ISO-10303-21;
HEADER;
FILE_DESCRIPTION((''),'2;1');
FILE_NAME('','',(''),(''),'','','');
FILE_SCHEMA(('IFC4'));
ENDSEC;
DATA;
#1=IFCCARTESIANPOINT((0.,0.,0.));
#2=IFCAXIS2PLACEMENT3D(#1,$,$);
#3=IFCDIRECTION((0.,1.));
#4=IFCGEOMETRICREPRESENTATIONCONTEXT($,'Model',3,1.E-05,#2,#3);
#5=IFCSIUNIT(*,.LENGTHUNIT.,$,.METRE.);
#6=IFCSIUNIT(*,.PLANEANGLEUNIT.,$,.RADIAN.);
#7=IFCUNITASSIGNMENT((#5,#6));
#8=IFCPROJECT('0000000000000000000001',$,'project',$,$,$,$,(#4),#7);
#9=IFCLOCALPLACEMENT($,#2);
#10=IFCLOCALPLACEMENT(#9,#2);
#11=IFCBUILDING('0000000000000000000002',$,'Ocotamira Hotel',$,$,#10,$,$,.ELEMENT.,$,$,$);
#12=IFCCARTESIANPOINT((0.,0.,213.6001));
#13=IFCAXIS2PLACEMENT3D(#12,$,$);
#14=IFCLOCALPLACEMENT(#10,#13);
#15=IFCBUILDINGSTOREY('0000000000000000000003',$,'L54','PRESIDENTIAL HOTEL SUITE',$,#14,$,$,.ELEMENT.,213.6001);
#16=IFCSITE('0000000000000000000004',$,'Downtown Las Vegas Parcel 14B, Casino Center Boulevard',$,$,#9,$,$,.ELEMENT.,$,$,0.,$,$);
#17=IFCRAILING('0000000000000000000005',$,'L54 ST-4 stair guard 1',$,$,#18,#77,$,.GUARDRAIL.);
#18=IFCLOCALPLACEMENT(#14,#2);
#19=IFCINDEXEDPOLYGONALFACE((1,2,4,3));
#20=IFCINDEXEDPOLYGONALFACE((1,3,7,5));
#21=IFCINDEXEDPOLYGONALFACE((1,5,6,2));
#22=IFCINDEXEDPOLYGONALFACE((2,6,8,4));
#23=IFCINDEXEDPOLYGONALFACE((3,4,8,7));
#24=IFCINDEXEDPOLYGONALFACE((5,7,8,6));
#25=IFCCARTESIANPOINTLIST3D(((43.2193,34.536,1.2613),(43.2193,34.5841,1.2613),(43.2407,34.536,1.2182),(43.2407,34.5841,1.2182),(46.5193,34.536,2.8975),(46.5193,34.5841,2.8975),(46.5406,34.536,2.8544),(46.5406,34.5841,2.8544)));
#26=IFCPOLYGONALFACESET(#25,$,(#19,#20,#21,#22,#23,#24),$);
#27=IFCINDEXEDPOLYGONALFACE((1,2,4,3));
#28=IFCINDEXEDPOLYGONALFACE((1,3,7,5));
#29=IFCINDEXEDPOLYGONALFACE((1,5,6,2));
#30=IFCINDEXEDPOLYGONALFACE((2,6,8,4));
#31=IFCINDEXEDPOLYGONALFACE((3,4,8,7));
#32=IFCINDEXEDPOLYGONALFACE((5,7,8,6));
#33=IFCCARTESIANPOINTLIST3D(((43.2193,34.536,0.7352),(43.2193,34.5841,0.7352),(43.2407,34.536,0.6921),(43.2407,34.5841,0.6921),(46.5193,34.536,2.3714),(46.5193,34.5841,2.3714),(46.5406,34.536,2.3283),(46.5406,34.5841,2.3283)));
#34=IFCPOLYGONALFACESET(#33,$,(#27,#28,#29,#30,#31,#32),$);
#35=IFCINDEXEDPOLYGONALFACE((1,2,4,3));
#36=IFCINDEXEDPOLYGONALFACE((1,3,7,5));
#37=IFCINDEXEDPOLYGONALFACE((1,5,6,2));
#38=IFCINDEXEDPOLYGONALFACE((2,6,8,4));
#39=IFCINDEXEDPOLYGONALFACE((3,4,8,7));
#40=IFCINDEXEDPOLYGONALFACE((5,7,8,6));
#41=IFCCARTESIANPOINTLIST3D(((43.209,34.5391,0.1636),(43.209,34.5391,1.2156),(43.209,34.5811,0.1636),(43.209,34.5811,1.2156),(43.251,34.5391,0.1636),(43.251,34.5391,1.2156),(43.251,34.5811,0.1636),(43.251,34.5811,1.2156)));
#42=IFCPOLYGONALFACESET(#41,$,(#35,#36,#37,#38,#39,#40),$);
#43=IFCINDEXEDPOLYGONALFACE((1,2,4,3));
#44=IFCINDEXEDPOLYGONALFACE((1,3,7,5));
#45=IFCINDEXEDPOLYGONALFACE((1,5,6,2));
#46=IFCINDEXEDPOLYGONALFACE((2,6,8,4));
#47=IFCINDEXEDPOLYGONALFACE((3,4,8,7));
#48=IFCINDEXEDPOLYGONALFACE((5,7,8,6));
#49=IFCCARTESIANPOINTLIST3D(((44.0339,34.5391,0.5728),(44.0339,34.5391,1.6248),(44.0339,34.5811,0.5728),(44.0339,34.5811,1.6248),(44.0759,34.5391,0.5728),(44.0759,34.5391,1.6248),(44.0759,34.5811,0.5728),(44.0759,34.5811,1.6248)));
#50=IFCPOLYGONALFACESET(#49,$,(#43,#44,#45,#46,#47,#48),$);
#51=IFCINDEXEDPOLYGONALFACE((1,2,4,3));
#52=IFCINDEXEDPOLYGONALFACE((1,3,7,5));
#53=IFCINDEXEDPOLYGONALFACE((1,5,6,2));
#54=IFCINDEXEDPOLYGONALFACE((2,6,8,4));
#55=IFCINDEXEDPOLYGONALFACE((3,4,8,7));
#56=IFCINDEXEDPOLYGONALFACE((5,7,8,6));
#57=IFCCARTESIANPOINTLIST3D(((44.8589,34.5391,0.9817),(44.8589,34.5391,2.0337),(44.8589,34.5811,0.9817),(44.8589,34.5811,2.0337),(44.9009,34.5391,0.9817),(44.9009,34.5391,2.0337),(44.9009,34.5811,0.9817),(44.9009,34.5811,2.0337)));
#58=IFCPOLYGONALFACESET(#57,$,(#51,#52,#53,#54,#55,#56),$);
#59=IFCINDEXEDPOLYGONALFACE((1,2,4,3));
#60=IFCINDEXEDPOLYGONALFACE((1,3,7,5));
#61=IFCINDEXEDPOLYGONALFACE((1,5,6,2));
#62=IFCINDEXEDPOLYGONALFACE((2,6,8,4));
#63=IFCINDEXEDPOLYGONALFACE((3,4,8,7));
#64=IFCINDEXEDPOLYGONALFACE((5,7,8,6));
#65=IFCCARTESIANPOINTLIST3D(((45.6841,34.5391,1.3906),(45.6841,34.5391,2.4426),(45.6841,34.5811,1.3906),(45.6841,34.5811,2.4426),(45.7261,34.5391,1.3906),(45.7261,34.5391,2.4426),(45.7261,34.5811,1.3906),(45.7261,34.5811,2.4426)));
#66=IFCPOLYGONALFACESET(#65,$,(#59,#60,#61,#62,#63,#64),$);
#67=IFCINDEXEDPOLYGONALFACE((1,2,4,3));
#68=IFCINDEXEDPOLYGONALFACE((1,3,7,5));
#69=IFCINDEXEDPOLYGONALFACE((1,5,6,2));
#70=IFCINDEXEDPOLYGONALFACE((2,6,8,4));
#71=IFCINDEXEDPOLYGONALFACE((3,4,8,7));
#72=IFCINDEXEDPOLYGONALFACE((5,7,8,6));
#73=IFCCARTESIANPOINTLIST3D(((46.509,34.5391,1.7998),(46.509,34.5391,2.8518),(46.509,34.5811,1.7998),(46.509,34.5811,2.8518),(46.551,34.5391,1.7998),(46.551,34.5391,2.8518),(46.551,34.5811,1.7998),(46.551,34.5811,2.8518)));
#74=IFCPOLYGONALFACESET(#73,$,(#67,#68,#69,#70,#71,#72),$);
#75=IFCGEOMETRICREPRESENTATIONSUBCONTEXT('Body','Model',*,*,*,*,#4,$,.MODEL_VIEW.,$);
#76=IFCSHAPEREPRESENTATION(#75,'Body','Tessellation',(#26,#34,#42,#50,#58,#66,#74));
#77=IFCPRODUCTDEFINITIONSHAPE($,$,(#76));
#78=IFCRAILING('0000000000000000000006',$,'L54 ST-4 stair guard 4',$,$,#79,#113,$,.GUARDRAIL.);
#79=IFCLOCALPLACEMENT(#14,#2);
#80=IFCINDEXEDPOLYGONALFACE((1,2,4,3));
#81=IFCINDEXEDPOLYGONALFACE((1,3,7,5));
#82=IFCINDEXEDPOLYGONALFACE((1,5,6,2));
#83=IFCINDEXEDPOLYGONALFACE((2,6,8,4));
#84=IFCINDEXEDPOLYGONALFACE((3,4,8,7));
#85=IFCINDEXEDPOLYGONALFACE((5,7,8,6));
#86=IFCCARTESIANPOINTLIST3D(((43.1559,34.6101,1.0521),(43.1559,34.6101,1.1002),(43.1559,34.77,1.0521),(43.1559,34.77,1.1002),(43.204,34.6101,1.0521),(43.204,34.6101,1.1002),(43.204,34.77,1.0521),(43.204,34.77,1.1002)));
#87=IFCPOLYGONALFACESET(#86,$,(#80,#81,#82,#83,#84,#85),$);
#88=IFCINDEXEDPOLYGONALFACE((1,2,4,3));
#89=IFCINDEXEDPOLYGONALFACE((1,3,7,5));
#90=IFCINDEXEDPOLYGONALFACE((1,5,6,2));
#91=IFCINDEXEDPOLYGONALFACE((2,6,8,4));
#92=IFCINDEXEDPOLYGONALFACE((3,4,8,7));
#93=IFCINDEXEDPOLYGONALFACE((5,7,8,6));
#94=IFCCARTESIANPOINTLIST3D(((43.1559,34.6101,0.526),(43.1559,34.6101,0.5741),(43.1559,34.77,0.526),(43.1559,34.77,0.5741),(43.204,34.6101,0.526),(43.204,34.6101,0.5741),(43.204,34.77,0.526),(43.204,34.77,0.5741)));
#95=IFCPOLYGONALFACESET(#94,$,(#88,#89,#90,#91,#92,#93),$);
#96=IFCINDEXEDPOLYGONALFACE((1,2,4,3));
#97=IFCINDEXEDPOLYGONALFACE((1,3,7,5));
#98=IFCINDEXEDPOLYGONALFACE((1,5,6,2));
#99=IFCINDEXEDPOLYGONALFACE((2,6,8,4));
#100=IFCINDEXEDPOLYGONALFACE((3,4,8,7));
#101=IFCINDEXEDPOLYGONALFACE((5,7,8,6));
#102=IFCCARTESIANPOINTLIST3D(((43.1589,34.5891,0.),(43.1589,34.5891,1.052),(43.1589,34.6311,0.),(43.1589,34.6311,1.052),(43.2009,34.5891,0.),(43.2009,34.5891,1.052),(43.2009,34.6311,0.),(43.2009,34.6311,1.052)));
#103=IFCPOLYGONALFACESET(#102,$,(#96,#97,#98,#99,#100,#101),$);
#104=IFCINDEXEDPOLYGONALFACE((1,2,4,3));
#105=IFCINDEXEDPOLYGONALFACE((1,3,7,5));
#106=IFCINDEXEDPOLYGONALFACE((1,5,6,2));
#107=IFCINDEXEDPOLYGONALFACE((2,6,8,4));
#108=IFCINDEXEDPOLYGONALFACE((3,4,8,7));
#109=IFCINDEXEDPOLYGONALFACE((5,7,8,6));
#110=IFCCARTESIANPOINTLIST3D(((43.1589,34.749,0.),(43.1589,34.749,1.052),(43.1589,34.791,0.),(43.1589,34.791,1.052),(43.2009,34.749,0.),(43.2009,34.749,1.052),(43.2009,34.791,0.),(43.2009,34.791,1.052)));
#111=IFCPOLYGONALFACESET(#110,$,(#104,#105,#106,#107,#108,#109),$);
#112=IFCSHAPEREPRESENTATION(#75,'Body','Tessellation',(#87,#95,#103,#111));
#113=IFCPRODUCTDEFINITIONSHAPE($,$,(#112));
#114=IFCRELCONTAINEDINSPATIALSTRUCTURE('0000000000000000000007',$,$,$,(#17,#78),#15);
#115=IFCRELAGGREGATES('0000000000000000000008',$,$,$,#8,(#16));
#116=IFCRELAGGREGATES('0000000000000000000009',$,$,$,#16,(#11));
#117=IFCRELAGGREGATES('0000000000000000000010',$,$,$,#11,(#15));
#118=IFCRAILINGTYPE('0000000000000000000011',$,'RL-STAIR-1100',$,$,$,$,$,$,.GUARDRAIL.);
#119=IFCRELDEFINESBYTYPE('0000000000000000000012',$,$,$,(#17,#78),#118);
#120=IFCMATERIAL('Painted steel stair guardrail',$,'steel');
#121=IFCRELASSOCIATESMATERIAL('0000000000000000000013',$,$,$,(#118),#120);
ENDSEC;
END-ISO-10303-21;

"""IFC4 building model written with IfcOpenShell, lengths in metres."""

from ifc_helpers import new_model, si_unit, direction, frame, origin, origin_2d, place, context, subcontext, project, spatial, rectangle, extrude, material, type_object, element, save


model = new_model("IFC4")

# Units and contexts
model_context = context("Model", 3, precision=1e-05, world=origin(), true_north=direction((0.0, 1.0)))
body_context = subcontext(model_context, "Body", "Model", "MODEL_VIEW")
ifc_project = project(units=[si_unit("LENGTHUNIT", "METRE"), si_unit("PLANEANGLEUNIT", "RADIAN")], contexts=[model_context])

# Site, building, storey
site_placement = place(None, origin())
site = spatial("IfcSite", under=ifc_project, at=site_placement, Name="Downtown Las Vegas Parcel 14B, Casino Center Boulevard", CompositionType="ELEMENT", RefElevation=0.0)
building_placement = place(site_placement, origin())
building = spatial("IfcBuilding", under=site, at=building_placement, Name="Ocotamira Hotel", CompositionType="ELEMENT")
storey_placement = place(building_placement, frame((0.0, 0.0, 213.6001)))
storey = spatial("IfcBuildingStorey", under=building, at=storey_placement, Name="L54", Description="PRESIDENTIAL HOTEL SUITE", CompositionType="ELEMENT", Elevation=213.6001)

# Railings
ifc_material_1 = material(Name="Painted steel stair guardrail", Category="steel")
railing_type_1 = type_object("IfcRailingType", Name="RL-STAIR-1100", PredefinedType="GUARDRAIL", material=ifc_material_1)
railing_1_placement = place(storey_placement, frame((43.23, 34.5601, 0.1636)))
element("IfcRailing", 1, at=railing_1_placement, inside=storey, type_object=railing_type_1, Name="L54 ST-4 stair guard 1", PredefinedType="GUARDRAIL", context=body_context, shape_type="SweptSolid", body=[
    extrude(rectangle(XDim=0.0481, YDim=0.0481, at=origin_2d()), frame((0.0, 0.0, 1.0762), z_axis=(0.89592, 0.0, 0.444215), x_axis=(0.0, 1.0, 0.0)), (0.0, 0.0, 1.0), 3.6833),
    extrude(rectangle(XDim=0.0481, YDim=0.0481, at=origin_2d()), frame((0.0, 0.0, 0.55), z_axis=(0.89592, 0.0, 0.444215), x_axis=(0.0, 1.0, 0.0)), (0.0, 0.0, 1.0), 3.6833),
    extrude(rectangle(XDim=0.042, YDim=0.042, at=origin_2d()), origin(), (0.0, 0.0, 1.0), 1.052),
    extrude(rectangle(XDim=0.042, YDim=0.042, at=origin_2d()), frame((0.825, 0.0, 0.4092)), (0.0, 0.0, 1.0), 1.052),
    extrude(rectangle(XDim=0.042, YDim=0.042, at=origin_2d()), frame((1.6499, 0.0, 0.8181)), (0.0, 0.0, 1.0), 1.052),
    extrude(rectangle(XDim=0.042, YDim=0.042, at=origin_2d()), frame((2.4751, 0.0, 1.2271)), (0.0, 0.0, 1.0), 1.052),
    extrude(rectangle(XDim=0.042, YDim=0.042, at=origin_2d()), frame((3.3, 0.0, 1.6362)), (0.0, 0.0, 1.0), 1.052),
])
railing_2_placement = place(storey_placement, frame((43.1799, 34.6101, 0.0)))
element("IfcRailing", 2, at=railing_2_placement, inside=storey, type_object=railing_type_1, Name="L54 ST-4 stair guard 4", PredefinedType="GUARDRAIL", context=body_context, shape_type="SweptSolid", body=[
    extrude(rectangle(XDim=0.0481, YDim=0.0481, at=origin_2d()), frame((0.0, 0.0, 1.0762), z_axis=(0.0, 1.0, 0.0), x_axis=(-1.0, 0.0, 0.0)), (0.0, 0.0, 1.0), 0.1599),
    extrude(rectangle(XDim=0.0481, YDim=0.0481, at=origin_2d()), frame((0.0, 0.0, 0.55), z_axis=(0.0, 1.0, 0.0), x_axis=(-1.0, 0.0, 0.0)), (0.0, 0.0, 1.0), 0.1599),
    extrude(rectangle(XDim=0.042, YDim=0.042, at=origin_2d()), origin(), (0.0, 0.0, 1.0), 1.052),
    extrude(rectangle(XDim=0.042, YDim=0.042, at=origin_2d()), frame((0.0, 0.1599, 0.0)), (0.0, 0.0, 1.0), 1.052),
])

save(model, "model.ifc")
